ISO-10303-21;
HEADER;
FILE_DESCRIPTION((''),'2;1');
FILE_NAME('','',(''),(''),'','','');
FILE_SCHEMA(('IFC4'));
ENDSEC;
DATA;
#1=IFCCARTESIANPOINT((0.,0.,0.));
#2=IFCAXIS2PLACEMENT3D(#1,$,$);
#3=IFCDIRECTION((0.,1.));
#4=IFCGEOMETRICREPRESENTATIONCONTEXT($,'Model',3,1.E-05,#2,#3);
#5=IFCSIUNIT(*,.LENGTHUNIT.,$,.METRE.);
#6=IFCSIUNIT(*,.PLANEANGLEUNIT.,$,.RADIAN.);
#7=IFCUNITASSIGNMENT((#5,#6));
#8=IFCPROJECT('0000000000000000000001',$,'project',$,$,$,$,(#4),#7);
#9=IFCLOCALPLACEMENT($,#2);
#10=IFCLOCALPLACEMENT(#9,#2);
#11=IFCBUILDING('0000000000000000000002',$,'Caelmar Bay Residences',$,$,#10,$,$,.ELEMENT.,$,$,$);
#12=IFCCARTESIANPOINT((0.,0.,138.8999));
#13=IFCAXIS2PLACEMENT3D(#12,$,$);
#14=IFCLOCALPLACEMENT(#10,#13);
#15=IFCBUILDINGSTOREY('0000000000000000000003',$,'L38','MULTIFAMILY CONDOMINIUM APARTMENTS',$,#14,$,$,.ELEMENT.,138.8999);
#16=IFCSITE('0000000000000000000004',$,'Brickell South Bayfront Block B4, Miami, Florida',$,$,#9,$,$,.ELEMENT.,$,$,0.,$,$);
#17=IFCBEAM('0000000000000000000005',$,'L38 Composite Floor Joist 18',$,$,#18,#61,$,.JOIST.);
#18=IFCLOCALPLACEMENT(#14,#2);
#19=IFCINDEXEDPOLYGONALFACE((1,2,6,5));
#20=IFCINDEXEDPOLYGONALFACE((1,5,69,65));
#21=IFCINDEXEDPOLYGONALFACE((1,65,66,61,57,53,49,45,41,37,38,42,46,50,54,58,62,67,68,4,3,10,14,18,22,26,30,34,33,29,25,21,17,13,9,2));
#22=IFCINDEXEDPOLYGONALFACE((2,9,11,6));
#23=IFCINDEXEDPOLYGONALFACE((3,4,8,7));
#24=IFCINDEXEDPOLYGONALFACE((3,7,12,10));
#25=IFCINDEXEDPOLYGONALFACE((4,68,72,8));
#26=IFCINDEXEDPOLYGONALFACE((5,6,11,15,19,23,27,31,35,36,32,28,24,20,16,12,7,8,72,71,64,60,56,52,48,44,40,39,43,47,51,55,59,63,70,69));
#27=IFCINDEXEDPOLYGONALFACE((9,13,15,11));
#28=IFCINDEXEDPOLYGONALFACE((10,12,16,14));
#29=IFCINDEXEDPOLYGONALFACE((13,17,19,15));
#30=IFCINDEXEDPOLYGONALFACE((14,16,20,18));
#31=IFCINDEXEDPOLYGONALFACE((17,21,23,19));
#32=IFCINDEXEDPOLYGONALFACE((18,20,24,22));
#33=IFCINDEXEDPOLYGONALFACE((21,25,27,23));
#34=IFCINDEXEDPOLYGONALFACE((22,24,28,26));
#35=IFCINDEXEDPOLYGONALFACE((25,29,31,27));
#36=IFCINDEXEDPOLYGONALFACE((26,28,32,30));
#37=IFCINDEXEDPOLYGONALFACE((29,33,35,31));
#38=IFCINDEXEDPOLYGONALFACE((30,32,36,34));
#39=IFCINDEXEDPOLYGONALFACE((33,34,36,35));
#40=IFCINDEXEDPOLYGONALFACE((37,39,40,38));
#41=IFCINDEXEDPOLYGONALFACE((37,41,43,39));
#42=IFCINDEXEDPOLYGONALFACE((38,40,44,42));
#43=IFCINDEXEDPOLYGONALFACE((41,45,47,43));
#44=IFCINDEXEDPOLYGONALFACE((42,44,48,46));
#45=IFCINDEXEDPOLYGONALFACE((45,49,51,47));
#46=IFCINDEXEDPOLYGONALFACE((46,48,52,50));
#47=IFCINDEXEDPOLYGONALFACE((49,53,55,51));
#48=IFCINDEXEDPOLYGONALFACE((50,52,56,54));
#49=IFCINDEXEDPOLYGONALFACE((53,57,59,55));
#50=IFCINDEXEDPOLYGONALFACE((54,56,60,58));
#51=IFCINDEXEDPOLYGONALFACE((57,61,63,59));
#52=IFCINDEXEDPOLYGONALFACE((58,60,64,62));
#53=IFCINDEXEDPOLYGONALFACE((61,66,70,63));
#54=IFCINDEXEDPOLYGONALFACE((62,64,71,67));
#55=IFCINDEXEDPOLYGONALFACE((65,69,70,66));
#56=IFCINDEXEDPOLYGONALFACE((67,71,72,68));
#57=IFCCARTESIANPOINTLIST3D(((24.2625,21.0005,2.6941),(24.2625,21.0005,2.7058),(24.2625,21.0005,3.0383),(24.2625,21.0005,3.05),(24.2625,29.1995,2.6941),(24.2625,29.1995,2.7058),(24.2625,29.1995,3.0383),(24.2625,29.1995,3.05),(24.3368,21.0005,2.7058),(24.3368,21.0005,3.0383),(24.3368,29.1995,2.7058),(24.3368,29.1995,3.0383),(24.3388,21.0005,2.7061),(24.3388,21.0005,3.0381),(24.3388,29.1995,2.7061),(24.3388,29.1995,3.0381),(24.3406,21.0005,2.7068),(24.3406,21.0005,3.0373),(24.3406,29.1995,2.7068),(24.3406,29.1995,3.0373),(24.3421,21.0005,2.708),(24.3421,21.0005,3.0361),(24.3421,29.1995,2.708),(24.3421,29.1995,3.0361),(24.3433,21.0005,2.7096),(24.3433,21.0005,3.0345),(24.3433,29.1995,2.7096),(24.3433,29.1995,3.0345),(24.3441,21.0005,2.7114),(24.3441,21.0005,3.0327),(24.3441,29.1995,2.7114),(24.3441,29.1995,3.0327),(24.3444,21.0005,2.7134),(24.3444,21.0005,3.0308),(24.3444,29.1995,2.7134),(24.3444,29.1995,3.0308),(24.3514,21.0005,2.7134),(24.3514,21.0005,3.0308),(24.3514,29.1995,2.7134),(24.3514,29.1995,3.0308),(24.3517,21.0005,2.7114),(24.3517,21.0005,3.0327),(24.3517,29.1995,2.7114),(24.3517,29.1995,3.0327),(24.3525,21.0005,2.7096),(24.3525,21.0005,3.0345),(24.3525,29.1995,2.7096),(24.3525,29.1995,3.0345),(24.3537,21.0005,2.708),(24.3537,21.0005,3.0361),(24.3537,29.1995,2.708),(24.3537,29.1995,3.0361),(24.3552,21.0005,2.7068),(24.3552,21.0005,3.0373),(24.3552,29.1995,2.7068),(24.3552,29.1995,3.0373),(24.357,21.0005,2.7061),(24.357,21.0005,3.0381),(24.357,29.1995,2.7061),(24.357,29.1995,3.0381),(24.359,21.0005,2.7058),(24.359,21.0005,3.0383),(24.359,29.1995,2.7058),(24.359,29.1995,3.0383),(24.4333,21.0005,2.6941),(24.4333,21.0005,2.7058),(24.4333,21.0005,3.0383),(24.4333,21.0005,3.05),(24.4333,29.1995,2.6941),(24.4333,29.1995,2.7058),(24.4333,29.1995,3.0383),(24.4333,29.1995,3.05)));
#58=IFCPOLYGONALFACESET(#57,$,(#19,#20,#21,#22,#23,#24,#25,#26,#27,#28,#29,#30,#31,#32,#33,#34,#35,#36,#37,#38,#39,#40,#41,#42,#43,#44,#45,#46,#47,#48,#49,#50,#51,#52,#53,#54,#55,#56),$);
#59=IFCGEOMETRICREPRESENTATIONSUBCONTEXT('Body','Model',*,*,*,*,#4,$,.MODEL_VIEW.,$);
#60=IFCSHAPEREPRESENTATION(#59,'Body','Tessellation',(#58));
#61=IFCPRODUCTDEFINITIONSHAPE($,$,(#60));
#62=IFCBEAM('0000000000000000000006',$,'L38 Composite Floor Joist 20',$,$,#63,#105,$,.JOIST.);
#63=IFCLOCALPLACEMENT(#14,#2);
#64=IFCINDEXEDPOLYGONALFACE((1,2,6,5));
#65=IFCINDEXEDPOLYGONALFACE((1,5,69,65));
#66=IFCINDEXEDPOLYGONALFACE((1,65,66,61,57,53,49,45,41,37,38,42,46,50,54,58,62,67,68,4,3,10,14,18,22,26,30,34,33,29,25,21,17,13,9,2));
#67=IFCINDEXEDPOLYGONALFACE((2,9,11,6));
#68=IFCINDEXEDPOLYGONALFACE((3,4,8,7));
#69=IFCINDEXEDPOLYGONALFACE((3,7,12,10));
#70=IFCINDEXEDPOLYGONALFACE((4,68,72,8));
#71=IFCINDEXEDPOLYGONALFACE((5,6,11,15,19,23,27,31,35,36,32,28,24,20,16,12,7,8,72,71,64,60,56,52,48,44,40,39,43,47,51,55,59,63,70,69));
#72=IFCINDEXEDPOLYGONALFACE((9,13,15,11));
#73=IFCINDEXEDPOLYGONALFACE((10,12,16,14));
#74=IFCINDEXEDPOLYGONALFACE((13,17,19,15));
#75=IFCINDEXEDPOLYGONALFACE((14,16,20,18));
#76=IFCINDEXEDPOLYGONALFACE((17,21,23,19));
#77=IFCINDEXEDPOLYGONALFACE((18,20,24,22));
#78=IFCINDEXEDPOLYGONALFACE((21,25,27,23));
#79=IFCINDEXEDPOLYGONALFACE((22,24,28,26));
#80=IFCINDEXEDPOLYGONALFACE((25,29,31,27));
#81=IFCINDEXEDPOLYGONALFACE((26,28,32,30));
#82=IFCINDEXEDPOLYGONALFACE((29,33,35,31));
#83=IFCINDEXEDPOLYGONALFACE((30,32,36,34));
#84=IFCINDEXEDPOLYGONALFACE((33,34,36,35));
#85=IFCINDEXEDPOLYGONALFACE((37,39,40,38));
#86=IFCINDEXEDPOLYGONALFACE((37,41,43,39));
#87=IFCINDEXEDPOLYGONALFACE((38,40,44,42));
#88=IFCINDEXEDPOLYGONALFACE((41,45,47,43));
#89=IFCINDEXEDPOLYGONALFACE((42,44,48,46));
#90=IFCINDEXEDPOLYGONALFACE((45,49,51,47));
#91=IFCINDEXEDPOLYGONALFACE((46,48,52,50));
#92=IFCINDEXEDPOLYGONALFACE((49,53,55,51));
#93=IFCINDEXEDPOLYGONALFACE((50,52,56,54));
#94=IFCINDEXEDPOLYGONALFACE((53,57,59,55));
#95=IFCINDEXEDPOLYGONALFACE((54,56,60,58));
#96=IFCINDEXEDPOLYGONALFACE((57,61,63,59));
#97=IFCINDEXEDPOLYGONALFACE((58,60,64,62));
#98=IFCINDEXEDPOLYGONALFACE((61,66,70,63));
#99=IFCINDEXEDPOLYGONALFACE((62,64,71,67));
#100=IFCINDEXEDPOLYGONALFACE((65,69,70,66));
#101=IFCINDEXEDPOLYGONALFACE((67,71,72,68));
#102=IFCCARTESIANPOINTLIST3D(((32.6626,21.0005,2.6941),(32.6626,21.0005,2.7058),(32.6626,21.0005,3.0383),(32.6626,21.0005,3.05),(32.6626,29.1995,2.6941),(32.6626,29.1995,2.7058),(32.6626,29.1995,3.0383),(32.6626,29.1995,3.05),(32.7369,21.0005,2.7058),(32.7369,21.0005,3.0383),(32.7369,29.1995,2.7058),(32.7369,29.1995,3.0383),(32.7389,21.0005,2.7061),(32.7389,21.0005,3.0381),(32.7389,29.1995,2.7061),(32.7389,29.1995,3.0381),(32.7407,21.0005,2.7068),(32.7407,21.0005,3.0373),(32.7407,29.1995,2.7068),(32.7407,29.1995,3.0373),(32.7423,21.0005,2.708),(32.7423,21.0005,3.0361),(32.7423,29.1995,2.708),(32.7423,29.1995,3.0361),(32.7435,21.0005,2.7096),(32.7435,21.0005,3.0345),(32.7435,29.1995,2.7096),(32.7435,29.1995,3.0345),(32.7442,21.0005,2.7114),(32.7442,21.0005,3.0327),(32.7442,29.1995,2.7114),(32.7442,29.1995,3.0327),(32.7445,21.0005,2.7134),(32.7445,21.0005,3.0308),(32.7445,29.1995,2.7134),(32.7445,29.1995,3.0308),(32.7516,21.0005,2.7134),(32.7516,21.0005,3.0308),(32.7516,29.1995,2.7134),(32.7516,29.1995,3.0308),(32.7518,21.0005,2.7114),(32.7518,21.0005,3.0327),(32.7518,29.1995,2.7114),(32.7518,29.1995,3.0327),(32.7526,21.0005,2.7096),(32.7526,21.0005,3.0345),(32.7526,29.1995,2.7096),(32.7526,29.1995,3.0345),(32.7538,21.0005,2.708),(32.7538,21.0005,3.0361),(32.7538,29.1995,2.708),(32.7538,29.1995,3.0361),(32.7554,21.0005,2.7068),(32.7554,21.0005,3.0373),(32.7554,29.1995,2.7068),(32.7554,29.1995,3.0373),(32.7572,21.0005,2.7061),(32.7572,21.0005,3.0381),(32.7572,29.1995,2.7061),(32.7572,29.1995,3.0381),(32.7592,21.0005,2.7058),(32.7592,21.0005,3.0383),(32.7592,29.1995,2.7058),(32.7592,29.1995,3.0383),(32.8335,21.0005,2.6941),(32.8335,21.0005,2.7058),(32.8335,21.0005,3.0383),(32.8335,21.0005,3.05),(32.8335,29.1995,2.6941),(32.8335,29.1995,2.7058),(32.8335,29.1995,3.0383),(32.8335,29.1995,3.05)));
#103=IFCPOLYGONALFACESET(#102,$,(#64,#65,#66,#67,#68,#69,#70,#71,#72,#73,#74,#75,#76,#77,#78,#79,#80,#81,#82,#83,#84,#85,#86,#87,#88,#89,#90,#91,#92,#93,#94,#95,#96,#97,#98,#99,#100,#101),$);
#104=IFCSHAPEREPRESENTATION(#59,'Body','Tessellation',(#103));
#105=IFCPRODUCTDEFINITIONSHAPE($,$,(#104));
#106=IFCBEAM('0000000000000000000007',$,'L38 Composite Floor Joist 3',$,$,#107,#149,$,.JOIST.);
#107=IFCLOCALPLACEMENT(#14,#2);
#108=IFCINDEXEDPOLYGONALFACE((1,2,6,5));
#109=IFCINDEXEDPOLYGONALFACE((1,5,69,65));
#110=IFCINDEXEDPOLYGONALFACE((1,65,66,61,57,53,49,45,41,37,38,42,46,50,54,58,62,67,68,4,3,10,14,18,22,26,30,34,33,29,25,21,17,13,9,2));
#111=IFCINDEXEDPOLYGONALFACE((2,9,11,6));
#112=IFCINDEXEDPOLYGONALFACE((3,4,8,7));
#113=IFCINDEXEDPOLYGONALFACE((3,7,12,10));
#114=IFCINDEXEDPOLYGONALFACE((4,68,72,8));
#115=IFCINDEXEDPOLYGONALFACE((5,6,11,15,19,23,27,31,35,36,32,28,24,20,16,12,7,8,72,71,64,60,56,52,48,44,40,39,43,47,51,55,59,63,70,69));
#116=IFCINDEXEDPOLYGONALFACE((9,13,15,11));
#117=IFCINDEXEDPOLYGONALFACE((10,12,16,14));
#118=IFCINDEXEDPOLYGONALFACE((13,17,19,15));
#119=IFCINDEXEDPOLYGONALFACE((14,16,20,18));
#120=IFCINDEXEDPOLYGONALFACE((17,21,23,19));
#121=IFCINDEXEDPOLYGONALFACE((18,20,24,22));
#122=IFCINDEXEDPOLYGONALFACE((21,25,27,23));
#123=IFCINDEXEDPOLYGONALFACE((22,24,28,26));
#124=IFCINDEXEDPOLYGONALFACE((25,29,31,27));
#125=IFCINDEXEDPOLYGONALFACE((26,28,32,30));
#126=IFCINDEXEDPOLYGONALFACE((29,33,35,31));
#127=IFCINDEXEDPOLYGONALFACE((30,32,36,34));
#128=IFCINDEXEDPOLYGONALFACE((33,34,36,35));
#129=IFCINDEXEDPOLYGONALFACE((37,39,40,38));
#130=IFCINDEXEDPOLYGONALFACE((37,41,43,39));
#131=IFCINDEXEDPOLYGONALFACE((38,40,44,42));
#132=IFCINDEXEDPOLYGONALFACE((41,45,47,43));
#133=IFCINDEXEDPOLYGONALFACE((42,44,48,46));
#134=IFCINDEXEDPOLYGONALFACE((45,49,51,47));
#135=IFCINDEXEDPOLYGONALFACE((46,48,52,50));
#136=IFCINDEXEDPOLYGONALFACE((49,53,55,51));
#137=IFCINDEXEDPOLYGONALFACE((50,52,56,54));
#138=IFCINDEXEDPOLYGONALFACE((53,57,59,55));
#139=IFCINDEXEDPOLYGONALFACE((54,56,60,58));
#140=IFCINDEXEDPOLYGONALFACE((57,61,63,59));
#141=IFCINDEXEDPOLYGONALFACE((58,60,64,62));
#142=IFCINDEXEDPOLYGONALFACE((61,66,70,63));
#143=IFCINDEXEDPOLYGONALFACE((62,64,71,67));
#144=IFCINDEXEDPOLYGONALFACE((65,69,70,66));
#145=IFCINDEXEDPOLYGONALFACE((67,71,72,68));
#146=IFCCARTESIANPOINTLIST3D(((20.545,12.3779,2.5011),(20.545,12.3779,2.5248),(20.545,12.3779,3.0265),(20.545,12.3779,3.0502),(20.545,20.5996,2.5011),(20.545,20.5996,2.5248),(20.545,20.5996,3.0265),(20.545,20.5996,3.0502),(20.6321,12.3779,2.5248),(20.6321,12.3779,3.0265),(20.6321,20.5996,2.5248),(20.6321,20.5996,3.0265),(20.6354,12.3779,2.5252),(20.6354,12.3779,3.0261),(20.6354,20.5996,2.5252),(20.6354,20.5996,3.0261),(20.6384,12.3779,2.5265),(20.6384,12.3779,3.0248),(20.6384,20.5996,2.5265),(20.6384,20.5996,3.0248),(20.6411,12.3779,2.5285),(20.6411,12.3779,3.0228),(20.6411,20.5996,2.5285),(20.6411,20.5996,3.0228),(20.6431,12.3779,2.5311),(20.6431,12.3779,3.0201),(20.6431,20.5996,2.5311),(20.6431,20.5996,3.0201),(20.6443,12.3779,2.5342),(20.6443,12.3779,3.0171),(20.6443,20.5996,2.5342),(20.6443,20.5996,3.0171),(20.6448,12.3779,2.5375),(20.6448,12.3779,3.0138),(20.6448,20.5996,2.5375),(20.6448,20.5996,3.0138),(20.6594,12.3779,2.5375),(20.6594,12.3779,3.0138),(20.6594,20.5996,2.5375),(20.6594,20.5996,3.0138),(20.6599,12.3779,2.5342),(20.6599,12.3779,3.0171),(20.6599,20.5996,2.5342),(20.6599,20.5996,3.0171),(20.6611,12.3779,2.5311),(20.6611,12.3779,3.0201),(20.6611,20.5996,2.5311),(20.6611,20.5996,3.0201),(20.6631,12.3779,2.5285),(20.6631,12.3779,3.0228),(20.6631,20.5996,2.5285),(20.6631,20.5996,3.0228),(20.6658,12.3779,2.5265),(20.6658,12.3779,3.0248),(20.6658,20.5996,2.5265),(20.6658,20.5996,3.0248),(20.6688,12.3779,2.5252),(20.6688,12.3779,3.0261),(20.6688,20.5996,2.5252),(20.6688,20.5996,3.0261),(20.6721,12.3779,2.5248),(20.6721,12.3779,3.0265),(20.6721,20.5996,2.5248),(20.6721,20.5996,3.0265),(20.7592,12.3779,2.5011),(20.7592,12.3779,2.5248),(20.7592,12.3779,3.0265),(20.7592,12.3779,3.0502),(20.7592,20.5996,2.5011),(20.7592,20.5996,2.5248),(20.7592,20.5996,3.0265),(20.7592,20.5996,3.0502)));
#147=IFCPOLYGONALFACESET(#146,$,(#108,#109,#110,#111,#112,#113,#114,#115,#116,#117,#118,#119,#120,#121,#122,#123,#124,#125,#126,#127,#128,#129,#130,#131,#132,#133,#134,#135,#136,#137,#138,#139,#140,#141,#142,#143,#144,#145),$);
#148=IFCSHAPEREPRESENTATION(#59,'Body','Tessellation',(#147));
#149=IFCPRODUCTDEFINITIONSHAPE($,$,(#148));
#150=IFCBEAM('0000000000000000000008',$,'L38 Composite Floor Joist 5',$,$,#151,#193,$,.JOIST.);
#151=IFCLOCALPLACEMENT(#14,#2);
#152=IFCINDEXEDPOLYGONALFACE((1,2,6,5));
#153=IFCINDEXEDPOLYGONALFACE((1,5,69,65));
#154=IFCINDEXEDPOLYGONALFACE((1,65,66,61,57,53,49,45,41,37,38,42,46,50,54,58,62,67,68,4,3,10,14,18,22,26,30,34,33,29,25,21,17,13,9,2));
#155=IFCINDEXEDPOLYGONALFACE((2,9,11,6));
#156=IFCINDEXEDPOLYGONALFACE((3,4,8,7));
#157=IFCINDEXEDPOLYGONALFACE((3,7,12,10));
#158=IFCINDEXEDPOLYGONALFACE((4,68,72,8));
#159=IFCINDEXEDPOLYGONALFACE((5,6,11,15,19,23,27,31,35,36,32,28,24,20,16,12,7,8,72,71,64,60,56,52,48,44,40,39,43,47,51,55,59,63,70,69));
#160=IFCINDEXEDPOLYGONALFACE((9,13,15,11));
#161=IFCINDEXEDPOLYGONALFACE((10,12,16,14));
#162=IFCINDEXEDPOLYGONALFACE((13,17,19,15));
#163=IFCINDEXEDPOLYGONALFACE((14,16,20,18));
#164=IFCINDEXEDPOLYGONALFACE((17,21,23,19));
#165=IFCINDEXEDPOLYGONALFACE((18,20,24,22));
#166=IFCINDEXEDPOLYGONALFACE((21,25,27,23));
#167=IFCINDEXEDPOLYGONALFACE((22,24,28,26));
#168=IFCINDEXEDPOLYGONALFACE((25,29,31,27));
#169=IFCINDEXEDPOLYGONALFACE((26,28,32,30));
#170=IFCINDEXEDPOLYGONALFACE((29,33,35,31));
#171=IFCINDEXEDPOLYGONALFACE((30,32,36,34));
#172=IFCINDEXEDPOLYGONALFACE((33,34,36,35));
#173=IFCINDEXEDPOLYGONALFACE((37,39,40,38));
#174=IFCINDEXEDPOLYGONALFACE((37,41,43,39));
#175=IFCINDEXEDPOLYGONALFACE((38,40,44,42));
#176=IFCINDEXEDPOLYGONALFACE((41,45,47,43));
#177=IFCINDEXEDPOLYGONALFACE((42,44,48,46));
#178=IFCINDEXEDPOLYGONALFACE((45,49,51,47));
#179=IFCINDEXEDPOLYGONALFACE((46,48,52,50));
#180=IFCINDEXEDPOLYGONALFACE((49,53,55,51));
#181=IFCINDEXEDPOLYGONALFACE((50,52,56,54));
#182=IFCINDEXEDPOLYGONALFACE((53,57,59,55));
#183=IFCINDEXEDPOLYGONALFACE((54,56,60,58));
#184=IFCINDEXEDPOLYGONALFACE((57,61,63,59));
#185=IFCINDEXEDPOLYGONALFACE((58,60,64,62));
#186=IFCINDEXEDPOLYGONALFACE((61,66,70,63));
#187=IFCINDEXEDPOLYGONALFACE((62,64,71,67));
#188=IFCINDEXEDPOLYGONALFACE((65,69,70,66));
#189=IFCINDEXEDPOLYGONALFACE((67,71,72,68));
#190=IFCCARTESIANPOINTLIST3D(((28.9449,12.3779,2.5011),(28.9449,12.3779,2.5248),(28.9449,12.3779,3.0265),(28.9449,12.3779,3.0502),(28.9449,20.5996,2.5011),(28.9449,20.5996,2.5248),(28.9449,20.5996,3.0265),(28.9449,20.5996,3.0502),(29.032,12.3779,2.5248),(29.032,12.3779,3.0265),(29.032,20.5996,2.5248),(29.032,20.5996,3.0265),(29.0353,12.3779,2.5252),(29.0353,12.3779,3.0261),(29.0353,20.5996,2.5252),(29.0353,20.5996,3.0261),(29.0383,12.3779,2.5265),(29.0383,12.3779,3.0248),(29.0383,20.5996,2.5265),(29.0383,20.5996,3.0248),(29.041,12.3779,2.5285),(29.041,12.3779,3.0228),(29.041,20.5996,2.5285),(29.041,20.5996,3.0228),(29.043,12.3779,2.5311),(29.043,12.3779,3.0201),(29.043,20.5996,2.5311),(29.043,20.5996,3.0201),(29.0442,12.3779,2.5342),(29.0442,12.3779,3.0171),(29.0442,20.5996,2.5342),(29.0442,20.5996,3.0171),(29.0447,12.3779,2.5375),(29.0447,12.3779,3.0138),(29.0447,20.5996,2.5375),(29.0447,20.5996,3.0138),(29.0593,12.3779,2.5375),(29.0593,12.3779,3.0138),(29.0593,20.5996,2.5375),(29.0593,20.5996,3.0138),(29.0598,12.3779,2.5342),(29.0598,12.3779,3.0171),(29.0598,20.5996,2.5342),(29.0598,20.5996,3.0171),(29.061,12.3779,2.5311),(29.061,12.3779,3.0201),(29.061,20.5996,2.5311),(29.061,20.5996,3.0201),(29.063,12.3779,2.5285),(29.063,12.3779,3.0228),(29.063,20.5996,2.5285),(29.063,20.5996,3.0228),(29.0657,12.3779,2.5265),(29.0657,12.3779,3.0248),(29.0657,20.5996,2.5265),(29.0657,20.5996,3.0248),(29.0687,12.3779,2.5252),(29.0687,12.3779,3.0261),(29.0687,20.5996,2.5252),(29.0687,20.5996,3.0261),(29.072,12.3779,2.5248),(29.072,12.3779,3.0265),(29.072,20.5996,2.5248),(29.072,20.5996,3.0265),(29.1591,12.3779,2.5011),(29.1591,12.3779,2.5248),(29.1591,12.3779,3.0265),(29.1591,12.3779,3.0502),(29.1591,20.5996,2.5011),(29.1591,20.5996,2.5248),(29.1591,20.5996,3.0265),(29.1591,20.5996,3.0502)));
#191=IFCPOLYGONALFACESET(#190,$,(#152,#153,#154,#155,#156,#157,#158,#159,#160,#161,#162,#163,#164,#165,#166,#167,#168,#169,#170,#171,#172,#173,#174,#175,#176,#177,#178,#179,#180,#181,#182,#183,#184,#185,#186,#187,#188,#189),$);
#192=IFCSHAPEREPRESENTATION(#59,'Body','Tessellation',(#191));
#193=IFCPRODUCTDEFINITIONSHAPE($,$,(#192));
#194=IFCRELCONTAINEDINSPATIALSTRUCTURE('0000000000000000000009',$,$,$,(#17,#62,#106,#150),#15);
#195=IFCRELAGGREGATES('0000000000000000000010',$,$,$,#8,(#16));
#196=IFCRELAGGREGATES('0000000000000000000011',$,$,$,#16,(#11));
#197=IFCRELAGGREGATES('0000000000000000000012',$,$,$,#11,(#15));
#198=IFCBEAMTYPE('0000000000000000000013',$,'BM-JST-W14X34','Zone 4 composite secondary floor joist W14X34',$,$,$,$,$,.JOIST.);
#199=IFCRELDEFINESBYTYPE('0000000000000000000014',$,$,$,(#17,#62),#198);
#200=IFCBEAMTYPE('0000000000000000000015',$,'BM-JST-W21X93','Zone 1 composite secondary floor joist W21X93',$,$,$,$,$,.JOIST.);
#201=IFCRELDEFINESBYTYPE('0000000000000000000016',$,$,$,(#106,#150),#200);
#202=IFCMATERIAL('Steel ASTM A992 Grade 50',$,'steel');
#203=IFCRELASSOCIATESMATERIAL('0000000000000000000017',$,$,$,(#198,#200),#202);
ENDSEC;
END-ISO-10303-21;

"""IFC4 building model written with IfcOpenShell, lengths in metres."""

from ifc_helpers import new_model, si_unit, direction, frame, origin, origin_2d, place, context, subcontext, project, spatial, i_section, extrude, material, material_profile, profile_set, type_object, element, save


model = new_model("IFC4")

# Units and contexts
model_context = context("Model", 3, precision=1e-05, world=origin(), true_north=direction((0.0, 1.0)))
body_context = subcontext(model_context, "Body", "Model", "MODEL_VIEW")
ifc_project = project(units=[si_unit("LENGTHUNIT", "METRE"), si_unit("PLANEANGLEUNIT", "RADIAN")], contexts=[model_context])

# Site, building, storey
site_placement = place(None, origin())
site = spatial("IfcSite", under=ifc_project, at=site_placement, Name="Brickell South Bayfront Block B4, Miami, Florida", CompositionType="ELEMENT", RefElevation=0.0)
building_placement = place(site_placement, origin())
building = spatial("IfcBuilding", under=site, at=building_placement, Name="Caelmar Bay Residences", CompositionType="ELEMENT")
storey_placement = place(building_placement, frame((0.0, 0.0, 138.8999)))
storey = spatial("IfcBuildingStorey", under=building, at=storey_placement, Name="L38", Description="MULTIFAMILY CONDOMINIUM APARTMENTS", CompositionType="ELEMENT", Elevation=138.8999)

# Beams
ifc_material_1 = material(Name="Steel ASTM A992 Grade 50", Category="steel")
ifc_material_profile_1 = material_profile(ifc_material_1, i_section(OverallWidth=0.1709, OverallDepth=0.356, WebThickness=0.0071, FlangeThickness=0.0117, FilletRadius=0.0076, at=origin_2d()), Name="W14X34")
ifc_profile_set_1 = profile_set([ifc_material_profile_1], Name="Steel ASTM A992 Grade 50")
beam_type_1 = type_object("IfcBeamType", Name="BM-JST-W14X34", Description="Zone 4 composite secondary floor joist W14X34", PredefinedType="JOIST", material=ifc_profile_set_1)
for number, where, z_axis, x_axis, name in (
    (1, (24.3479, 21.0005, 2.8721), (0.0, 1.0, 0.0), (-1.0, 0.0, 0.0), "L38 Composite Floor Joist 18"),
    (2, (32.748, 21.0005, 2.8721), (0.0, 1.0, 0.0), (-1.0, 0.0, 0.0), "L38 Composite Floor Joist 20"),
):
    element("IfcBeam", number, at=place(storey_placement, frame(where, z_axis=z_axis, x_axis=x_axis)), inside=storey, type_object=beam_type_1, Name=name, PredefinedType="JOIST", context=body_context, shape_type="SweptSolid", body=[
        extrude(i_section(OverallWidth=0.1709, OverallDepth=0.356, WebThickness=0.0071, FlangeThickness=0.0117, FilletRadius=0.0076, at=origin_2d()), origin(), (0.0, 0.0, 1.0), 8.199),
    ])
ifc_material_profile_2 = material_profile(ifc_material_1, i_section(OverallWidth=0.2141, OverallDepth=0.5491, WebThickness=0.0146, FlangeThickness=0.0237, FilletRadius=0.0127, at=origin_2d()), Name="W21X93")
ifc_profile_set_2 = profile_set([ifc_material_profile_2], Name="Steel ASTM A992 Grade 50")
beam_type_2 = type_object("IfcBeamType", Name="BM-JST-W21X93", Description="Zone 1 composite secondary floor joist W21X93", PredefinedType="JOIST", material=ifc_profile_set_2)
for number, where, z_axis, x_axis, name in (
    (3, (20.6521, 12.3779, 2.7756), (0.0, 1.0, 0.0), (-1.0, 0.0, 0.0), "L38 Composite Floor Joist 3"),
    (4, (29.052, 12.3779, 2.7756), (0.0, 1.0, 0.0), (-1.0, 0.0, 0.0), "L38 Composite Floor Joist 5"),
):
    element("IfcBeam", number, at=place(storey_placement, frame(where, z_axis=z_axis, x_axis=x_axis)), inside=storey, type_object=beam_type_2, Name=name, PredefinedType="JOIST", context=body_context, shape_type="SweptSolid", body=[
        extrude(i_section(OverallWidth=0.2141, OverallDepth=0.5491, WebThickness=0.0146, FlangeThickness=0.0237, FilletRadius=0.0127, at=origin_2d()), origin(), (0.0, 0.0, 1.0), 8.2217),
    ])

save(model, "model.ifc")
